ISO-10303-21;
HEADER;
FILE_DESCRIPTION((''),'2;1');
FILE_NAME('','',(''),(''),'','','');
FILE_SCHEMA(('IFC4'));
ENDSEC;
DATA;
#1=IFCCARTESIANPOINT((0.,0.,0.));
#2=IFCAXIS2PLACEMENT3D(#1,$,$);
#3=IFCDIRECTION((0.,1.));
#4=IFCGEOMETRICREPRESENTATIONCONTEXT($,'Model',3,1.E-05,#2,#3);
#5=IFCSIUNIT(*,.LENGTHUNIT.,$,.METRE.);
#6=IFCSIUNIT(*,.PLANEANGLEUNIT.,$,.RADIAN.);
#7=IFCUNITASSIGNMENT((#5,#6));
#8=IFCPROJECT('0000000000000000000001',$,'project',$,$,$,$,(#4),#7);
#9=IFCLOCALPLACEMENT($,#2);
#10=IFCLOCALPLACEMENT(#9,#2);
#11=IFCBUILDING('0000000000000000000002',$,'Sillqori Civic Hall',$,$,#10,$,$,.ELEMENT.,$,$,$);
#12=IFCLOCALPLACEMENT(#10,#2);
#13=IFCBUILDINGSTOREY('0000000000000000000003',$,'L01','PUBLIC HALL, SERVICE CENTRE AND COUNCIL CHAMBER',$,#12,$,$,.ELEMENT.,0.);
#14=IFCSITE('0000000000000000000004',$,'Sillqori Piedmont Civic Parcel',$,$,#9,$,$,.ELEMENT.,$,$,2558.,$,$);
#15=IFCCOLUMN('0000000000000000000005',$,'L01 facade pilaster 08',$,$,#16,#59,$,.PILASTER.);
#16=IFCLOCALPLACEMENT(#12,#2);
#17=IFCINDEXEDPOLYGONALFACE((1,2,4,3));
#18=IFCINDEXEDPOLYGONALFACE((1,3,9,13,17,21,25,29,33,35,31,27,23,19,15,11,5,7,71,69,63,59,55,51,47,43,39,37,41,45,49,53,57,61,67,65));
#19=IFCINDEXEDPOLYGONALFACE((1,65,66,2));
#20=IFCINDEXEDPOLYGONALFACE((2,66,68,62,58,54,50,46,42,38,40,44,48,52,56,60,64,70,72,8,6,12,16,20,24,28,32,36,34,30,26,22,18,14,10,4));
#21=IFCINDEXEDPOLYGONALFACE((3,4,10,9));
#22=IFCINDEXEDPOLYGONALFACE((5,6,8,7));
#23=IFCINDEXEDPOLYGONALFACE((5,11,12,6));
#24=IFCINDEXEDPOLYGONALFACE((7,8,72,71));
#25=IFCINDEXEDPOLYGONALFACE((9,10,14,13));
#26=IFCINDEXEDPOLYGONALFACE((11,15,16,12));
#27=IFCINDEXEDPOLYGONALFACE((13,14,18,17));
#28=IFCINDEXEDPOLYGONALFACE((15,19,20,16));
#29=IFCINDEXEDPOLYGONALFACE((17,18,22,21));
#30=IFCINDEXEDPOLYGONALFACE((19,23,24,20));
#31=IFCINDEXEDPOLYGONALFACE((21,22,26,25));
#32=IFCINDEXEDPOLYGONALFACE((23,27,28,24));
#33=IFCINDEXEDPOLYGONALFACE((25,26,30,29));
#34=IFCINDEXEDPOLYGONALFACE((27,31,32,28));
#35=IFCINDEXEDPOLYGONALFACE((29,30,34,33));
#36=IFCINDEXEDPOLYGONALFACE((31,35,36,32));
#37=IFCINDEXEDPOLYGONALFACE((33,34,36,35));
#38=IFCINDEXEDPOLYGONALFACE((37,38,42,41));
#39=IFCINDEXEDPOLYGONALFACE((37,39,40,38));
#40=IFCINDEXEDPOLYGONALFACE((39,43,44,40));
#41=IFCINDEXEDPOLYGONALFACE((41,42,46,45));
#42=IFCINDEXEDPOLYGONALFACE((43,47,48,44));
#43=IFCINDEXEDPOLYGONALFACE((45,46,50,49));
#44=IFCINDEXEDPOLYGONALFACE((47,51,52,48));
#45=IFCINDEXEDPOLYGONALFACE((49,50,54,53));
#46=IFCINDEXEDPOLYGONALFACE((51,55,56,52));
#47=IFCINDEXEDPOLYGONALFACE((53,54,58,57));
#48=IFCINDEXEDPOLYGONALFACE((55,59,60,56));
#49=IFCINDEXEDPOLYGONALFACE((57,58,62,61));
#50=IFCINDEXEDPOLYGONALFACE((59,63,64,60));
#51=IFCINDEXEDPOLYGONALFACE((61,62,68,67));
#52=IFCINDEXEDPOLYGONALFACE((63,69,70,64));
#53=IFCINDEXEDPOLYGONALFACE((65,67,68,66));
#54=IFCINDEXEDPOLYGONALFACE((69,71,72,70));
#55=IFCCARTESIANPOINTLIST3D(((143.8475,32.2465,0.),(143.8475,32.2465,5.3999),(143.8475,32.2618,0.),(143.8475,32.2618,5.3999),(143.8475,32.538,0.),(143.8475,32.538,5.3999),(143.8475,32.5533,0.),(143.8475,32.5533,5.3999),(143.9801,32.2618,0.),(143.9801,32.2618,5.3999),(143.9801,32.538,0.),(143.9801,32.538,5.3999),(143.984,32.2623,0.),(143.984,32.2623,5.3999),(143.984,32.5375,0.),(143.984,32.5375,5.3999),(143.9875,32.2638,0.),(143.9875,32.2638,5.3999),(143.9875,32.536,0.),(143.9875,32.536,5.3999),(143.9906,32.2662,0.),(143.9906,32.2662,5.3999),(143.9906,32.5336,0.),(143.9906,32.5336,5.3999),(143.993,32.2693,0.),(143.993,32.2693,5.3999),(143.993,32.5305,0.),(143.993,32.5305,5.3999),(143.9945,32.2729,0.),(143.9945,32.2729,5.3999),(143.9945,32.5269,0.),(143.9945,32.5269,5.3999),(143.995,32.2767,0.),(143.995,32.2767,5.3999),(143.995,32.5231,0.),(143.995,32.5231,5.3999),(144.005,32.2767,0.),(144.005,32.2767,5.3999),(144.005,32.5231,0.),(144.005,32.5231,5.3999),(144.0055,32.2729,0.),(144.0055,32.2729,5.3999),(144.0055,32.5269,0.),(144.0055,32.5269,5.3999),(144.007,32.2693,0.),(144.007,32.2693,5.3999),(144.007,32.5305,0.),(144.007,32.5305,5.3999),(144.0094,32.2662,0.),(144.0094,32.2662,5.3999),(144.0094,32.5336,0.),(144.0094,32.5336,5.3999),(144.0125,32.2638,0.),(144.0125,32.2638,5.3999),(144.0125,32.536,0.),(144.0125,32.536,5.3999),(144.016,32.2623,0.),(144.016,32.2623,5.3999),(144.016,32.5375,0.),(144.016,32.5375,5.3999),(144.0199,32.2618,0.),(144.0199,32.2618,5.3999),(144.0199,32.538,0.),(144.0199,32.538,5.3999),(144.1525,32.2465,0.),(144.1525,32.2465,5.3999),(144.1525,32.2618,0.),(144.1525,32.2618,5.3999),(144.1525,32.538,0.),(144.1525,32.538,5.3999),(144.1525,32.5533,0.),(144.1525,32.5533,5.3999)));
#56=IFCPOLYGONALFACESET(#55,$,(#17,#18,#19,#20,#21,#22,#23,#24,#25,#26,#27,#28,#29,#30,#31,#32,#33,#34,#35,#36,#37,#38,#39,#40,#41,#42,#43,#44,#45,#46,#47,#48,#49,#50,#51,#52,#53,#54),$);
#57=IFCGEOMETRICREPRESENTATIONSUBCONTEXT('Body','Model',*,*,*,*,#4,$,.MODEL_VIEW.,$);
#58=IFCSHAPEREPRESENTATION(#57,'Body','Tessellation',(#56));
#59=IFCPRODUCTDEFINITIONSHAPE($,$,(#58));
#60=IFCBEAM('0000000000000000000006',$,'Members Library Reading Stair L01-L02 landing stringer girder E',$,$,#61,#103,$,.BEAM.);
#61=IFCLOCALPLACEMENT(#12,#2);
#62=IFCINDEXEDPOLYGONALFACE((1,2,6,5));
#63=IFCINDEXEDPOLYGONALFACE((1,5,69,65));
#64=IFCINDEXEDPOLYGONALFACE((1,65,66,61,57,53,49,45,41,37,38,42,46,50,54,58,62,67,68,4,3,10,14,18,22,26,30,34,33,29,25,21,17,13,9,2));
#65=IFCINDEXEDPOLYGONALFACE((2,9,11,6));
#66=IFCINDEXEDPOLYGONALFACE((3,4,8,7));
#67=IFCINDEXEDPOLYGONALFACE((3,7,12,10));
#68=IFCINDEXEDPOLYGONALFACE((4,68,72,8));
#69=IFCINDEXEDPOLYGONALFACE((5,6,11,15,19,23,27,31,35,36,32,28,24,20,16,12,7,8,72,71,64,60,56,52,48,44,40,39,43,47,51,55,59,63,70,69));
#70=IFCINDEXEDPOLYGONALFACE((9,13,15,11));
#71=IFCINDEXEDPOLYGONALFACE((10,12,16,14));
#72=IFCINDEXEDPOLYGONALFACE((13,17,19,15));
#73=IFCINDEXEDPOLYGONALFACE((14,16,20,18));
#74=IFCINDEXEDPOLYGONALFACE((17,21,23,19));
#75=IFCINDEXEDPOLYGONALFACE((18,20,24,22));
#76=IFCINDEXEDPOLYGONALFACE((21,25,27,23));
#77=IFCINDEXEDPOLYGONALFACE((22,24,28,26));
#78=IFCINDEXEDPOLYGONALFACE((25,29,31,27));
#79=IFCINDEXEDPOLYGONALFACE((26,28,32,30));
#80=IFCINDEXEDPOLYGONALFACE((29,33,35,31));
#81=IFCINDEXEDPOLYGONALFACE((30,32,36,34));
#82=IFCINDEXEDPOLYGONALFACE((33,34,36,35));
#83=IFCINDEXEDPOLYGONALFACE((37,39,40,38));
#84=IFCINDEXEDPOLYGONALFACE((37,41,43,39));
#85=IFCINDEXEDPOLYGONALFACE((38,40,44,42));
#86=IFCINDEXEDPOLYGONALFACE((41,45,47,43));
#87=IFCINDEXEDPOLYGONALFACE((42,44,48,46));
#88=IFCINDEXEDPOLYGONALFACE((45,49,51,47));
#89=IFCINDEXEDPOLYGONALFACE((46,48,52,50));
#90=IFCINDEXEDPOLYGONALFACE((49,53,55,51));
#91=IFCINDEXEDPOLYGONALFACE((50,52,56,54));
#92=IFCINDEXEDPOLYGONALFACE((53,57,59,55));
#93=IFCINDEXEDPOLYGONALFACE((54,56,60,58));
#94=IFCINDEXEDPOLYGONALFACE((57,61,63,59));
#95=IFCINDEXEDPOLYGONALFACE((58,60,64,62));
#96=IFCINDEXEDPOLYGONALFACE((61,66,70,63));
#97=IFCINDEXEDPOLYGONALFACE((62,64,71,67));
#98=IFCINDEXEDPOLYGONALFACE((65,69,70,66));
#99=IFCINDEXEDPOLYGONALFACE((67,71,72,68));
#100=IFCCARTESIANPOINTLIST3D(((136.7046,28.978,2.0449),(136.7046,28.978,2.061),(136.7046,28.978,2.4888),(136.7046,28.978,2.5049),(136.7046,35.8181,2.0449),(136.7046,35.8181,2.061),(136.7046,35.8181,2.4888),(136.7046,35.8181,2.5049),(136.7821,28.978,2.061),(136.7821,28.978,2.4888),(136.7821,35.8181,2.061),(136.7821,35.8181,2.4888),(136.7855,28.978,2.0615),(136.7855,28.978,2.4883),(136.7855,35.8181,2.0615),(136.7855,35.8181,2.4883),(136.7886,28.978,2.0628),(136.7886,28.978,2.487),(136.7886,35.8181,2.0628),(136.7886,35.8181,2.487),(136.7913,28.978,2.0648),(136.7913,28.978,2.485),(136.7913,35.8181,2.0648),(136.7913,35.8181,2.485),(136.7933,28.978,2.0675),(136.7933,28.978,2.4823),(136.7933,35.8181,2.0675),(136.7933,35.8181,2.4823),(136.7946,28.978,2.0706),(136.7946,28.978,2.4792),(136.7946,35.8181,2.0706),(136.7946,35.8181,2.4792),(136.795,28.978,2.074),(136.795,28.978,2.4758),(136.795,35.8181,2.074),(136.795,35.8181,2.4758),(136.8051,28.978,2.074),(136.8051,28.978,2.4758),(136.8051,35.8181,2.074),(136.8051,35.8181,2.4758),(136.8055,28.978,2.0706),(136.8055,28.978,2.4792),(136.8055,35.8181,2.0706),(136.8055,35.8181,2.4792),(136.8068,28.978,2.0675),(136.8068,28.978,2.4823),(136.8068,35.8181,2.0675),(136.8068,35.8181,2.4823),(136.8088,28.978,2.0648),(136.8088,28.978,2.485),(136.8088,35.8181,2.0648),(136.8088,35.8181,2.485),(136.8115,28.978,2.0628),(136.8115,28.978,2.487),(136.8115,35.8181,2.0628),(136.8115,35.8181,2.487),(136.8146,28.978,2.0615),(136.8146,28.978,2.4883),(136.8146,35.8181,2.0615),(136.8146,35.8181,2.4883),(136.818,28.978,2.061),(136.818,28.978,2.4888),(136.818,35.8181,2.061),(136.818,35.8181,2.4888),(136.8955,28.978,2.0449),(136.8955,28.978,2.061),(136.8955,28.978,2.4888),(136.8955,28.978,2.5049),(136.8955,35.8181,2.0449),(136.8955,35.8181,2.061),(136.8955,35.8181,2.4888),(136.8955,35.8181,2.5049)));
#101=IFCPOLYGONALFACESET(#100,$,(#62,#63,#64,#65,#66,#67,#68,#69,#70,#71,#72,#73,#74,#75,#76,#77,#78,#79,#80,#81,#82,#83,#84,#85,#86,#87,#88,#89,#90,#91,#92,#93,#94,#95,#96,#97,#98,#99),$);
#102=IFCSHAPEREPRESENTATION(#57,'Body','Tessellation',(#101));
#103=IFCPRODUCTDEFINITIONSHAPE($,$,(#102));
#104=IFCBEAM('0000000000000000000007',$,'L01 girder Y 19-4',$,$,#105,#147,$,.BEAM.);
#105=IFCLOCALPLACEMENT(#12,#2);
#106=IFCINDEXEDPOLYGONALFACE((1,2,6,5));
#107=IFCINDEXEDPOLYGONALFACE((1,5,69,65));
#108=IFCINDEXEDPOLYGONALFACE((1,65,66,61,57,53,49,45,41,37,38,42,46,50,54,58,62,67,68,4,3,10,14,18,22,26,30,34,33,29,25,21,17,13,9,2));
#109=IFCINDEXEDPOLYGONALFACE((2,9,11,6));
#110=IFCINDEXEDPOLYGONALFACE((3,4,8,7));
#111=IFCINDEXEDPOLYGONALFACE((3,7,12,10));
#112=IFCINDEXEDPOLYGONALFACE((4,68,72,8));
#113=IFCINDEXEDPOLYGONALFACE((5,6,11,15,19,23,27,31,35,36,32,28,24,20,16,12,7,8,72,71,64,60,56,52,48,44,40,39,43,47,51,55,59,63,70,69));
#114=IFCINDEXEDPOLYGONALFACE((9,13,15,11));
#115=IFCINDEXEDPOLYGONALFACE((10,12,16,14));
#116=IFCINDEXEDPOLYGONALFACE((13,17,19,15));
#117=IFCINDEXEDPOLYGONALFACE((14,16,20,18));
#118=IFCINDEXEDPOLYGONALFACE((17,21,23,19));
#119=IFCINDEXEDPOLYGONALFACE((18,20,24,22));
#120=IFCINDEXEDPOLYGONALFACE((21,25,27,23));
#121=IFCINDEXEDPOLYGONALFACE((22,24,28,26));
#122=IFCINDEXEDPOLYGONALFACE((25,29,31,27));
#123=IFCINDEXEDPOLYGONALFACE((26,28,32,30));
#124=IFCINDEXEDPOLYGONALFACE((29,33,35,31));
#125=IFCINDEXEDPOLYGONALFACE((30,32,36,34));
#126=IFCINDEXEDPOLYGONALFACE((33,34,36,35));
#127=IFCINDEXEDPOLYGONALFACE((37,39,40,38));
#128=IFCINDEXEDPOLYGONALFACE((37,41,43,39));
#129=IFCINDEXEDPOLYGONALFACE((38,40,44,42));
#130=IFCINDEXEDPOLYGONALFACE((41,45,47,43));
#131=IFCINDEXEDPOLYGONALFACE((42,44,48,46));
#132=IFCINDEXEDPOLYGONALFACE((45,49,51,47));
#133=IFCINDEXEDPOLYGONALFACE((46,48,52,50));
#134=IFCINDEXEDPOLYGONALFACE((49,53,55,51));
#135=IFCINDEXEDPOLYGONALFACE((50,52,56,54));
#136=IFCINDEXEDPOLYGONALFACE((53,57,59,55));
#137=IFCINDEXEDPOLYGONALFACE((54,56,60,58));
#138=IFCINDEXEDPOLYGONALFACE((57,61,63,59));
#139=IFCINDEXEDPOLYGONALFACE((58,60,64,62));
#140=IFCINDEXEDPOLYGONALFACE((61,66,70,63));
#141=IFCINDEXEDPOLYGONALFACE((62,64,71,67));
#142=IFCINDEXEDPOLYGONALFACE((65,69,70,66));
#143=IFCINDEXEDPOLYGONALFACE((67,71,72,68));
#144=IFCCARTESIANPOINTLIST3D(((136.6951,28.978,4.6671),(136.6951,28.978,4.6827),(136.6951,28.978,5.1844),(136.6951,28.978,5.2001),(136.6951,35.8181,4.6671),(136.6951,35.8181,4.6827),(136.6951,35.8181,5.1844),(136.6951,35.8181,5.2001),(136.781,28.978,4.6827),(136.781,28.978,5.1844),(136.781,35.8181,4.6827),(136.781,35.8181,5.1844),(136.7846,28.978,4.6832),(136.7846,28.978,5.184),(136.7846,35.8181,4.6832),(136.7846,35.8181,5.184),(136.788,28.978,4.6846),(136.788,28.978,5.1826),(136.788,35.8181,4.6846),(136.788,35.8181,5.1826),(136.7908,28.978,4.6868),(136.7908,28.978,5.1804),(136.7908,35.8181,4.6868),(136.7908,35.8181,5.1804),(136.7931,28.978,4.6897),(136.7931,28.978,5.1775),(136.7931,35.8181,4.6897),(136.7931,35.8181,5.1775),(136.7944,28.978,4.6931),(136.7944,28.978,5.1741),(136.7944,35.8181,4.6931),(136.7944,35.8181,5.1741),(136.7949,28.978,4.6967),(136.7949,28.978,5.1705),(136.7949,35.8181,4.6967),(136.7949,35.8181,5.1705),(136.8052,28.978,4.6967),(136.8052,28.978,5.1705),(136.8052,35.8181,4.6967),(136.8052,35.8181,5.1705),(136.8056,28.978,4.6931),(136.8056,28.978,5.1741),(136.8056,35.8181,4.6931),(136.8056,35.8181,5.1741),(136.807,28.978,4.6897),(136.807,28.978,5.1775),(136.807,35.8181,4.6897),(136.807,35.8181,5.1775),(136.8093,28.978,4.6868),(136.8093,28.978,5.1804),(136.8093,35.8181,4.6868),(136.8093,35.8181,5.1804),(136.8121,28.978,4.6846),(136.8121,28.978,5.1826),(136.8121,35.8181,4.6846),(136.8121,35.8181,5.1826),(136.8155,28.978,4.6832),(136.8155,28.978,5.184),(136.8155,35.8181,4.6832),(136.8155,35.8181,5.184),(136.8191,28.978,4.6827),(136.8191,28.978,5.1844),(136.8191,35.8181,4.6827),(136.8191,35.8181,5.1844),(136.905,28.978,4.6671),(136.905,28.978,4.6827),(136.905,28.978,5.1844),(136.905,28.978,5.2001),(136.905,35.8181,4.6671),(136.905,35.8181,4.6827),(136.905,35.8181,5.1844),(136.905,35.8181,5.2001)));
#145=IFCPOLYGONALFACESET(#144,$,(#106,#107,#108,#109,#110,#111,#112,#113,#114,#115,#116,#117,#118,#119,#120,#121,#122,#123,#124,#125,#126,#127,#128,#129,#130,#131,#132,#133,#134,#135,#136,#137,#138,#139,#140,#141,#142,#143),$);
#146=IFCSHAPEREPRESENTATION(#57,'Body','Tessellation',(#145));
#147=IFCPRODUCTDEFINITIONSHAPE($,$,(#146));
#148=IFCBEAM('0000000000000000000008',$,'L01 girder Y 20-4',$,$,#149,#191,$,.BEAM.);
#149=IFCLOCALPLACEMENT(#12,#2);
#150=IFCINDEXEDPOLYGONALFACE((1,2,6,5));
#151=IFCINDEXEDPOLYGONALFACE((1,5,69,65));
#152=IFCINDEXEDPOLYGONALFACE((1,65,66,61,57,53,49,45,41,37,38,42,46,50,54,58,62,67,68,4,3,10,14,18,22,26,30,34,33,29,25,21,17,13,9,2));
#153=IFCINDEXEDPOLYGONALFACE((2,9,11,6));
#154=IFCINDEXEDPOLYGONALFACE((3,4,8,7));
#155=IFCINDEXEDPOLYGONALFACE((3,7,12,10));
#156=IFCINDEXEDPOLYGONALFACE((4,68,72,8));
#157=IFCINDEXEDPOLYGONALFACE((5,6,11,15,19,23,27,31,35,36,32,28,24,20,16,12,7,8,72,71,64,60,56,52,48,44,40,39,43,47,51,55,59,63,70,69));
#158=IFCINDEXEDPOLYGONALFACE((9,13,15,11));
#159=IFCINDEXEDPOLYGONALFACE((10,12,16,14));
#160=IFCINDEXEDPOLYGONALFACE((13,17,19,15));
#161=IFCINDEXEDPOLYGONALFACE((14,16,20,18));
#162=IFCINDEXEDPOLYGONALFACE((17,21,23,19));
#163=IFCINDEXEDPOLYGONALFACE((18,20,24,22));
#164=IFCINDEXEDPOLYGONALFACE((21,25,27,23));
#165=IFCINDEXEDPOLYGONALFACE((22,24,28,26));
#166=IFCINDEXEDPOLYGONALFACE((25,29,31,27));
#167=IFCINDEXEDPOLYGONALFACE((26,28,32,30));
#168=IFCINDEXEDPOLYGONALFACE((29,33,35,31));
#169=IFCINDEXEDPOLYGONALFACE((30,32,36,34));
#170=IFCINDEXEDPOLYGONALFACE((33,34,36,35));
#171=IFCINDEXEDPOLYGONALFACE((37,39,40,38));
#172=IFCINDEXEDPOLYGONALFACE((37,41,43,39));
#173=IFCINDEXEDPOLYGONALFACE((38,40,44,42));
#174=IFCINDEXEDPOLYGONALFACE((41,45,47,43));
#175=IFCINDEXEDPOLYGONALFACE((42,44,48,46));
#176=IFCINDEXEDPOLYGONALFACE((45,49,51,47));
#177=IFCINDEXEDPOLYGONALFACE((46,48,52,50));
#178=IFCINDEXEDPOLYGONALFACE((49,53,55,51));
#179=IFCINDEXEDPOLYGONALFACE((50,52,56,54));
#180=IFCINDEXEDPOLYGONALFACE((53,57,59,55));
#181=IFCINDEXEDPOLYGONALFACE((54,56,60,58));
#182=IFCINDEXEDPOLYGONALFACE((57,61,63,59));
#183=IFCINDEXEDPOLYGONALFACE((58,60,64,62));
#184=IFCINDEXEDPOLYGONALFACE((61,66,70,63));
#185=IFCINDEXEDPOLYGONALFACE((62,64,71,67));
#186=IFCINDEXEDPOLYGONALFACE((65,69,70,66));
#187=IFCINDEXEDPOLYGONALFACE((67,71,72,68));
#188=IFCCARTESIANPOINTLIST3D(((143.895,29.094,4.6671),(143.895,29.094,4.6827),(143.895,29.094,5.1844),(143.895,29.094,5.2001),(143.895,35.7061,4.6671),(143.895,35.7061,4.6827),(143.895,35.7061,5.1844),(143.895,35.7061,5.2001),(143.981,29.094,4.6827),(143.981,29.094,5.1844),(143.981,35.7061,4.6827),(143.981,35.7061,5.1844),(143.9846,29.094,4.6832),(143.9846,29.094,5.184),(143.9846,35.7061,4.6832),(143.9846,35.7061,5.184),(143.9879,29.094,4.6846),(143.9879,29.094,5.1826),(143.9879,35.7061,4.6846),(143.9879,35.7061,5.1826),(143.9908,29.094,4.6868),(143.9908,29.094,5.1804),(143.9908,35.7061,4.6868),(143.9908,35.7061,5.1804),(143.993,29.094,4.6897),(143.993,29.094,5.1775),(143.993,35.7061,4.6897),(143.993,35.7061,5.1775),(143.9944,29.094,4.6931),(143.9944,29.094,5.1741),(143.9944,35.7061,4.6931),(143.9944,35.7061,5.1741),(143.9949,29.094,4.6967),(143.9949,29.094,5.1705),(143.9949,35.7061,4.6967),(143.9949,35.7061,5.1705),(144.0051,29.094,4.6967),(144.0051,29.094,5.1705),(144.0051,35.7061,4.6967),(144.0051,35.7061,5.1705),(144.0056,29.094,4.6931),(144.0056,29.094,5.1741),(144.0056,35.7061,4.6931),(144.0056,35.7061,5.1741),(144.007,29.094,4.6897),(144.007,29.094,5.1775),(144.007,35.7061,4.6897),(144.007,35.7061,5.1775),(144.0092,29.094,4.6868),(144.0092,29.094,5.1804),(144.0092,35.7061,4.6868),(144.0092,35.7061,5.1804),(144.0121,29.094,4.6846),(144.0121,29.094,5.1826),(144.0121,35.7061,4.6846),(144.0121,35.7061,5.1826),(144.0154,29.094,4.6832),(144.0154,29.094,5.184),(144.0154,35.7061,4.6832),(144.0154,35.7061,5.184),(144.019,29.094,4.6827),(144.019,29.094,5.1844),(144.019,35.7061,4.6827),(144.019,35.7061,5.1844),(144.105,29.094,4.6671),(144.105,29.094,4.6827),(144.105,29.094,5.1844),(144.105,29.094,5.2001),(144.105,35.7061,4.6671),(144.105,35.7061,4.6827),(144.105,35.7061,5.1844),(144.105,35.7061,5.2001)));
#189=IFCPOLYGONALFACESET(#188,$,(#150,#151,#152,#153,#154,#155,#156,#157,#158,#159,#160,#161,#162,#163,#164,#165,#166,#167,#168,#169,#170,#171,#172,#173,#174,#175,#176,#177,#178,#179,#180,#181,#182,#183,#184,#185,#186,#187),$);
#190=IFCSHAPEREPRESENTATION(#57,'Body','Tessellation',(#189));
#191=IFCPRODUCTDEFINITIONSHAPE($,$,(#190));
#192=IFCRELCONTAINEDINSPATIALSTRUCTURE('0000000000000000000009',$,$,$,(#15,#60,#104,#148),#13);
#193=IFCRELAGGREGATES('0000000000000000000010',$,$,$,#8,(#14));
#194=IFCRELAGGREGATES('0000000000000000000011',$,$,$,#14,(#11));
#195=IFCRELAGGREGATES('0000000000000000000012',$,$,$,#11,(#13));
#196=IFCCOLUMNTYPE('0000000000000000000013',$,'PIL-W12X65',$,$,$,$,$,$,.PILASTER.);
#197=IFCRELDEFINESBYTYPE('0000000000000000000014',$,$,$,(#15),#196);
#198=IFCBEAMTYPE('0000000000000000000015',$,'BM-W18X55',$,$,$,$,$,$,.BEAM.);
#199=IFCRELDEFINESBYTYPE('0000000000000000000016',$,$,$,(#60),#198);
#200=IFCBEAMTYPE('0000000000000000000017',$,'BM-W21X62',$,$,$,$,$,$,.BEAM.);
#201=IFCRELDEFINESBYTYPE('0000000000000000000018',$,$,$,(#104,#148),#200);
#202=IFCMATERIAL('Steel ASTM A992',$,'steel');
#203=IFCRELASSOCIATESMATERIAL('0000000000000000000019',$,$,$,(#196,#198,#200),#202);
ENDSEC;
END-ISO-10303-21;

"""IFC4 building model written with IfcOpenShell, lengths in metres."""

from ifc_helpers import new_model, si_unit, direction, frame, origin, origin_2d, place, context, subcontext, project, spatial, i_section, extrude, material, material_profile, profile_set, type_object, element, save


model = new_model("IFC4")

# Units and contexts
model_context = context("Model", 3, precision=1e-05, world=origin(), true_north=direction((0.0, 1.0)))
body_context = subcontext(model_context, "Body", "Model", "MODEL_VIEW")
ifc_project = project(units=[si_unit("LENGTHUNIT", "METRE"), si_unit("PLANEANGLEUNIT", "RADIAN")], contexts=[model_context])

# Site, building, storey
site_placement = place(None, origin())
site = spatial("IfcSite", under=ifc_project, at=site_placement, Name="Sillqori Piedmont Civic Parcel", CompositionType="ELEMENT", RefElevation=2558.0)
building_placement = place(site_placement, origin())
building = spatial("IfcBuilding", under=site, at=building_placement, Name="Sillqori Civic Hall", CompositionType="ELEMENT")
storey_placement = place(building_placement, origin())
storey = spatial("IfcBuildingStorey", under=building, at=storey_placement, Name="L01", Description="PUBLIC HALL, SERVICE CENTRE AND COUNCIL CHAMBER", CompositionType="ELEMENT", Elevation=0.0)

# Column
ifc_material_1 = material(Name="Steel ASTM A992", Category="steel")
ifc_material_profile_1 = material_profile(ifc_material_1, i_section(OverallWidth=0.3049, OverallDepth=0.3069, WebThickness=0.01, FlangeThickness=0.0154, FilletRadius=0.0149, at=origin_2d()), Name="W12X65")
ifc_profile_set_1 = profile_set([ifc_material_profile_1], Name="Steel ASTM A992")
column_type = type_object("IfcColumnType", Name="PIL-W12X65", PredefinedType="PILASTER", material=ifc_profile_set_1)
column_placement = place(storey_placement, frame((144.0, 32.3999, 0.0), z_axis=(0.0, 0.0, 1.0), x_axis=(1.0, 0.0, 0.0)))
element("IfcColumn", 1, at=column_placement, inside=storey, type_object=column_type, Name="L01 facade pilaster 08", PredefinedType="PILASTER", context=body_context, shape_type="SweptSolid", body=[
    extrude(i_section(OverallWidth=0.3049, OverallDepth=0.3069, WebThickness=0.01, FlangeThickness=0.0154, FilletRadius=0.0149, at=origin_2d()), origin(), (0.0, 0.0, 1.0), 5.3999),
])

# Beams
ifc_material_profile_2 = material_profile(ifc_material_1, i_section(OverallWidth=0.1909, OverallDepth=0.46, WebThickness=0.01, FlangeThickness=0.0161, FilletRadius=0.0129, at=origin_2d()), Name="W18X55")
ifc_profile_set_2 = profile_set([ifc_material_profile_2], Name="Steel ASTM A992")
beam_type_1 = type_object("IfcBeamType", Name="BM-W18X55", PredefinedType="BEAM", material=ifc_profile_set_2)
beam_1_placement = place(storey_placement, frame((136.8, 28.978, 2.2749), z_axis=(0.0, 1.0, 0.0), x_axis=(-1.0, 0.0, 0.0)))
element("IfcBeam", 2, at=beam_1_placement, inside=storey, type_object=beam_type_1, Name="Members Library Reading Stair L01-L02 landing stringer girder E", PredefinedType="BEAM", context=body_context, shape_type="SweptSolid", body=[
    extrude(i_section(OverallWidth=0.1909, OverallDepth=0.46, WebThickness=0.01, FlangeThickness=0.0161, FilletRadius=0.0129, at=origin_2d()), origin(), (0.0, 0.0, 1.0), 6.8401),
])
ifc_material_profile_3 = material_profile(ifc_material_1, i_section(OverallWidth=0.21, OverallDepth=0.533, WebThickness=0.0103, FlangeThickness=0.0156, FilletRadius=0.0139, at=origin_2d()), Name="W21X62")
ifc_profile_set_3 = profile_set([ifc_material_profile_3], Name="Steel ASTM A992")
beam_type_2 = type_object("IfcBeamType", Name="BM-W21X62", PredefinedType="BEAM", material=ifc_profile_set_3)
beam_2_placement = place(storey_placement, frame((136.8, 28.978, 4.9336), z_axis=(0.0, 1.0, 0.0), x_axis=(-1.0, 0.0, 0.0)))
element("IfcBeam", 3, at=beam_2_placement, inside=storey, type_object=beam_type_2, Name="L01 girder Y 19-4", PredefinedType="BEAM", context=body_context, shape_type="SweptSolid", body=[
    extrude(i_section(OverallWidth=0.21, OverallDepth=0.533, WebThickness=0.0103, FlangeThickness=0.0156, FilletRadius=0.0139, at=origin_2d()), origin(), (0.0, 0.0, 1.0), 6.8401),
])
beam_3_placement = place(storey_placement, frame((144.0, 29.094, 4.9336), z_axis=(0.0, 1.0, 0.0), x_axis=(-1.0, 0.0, 0.0)))
element("IfcBeam", 4, at=beam_3_placement, inside=storey, type_object=beam_type_2, Name="L01 girder Y 20-4", PredefinedType="BEAM", context=body_context, shape_type="SweptSolid", body=[
    extrude(i_section(OverallWidth=0.21, OverallDepth=0.533, WebThickness=0.0103, FlangeThickness=0.0156, FilletRadius=0.0139, at=origin_2d()), origin(), (0.0, 0.0, 1.0), 6.6121),
])

save(model, "model.ifc")
